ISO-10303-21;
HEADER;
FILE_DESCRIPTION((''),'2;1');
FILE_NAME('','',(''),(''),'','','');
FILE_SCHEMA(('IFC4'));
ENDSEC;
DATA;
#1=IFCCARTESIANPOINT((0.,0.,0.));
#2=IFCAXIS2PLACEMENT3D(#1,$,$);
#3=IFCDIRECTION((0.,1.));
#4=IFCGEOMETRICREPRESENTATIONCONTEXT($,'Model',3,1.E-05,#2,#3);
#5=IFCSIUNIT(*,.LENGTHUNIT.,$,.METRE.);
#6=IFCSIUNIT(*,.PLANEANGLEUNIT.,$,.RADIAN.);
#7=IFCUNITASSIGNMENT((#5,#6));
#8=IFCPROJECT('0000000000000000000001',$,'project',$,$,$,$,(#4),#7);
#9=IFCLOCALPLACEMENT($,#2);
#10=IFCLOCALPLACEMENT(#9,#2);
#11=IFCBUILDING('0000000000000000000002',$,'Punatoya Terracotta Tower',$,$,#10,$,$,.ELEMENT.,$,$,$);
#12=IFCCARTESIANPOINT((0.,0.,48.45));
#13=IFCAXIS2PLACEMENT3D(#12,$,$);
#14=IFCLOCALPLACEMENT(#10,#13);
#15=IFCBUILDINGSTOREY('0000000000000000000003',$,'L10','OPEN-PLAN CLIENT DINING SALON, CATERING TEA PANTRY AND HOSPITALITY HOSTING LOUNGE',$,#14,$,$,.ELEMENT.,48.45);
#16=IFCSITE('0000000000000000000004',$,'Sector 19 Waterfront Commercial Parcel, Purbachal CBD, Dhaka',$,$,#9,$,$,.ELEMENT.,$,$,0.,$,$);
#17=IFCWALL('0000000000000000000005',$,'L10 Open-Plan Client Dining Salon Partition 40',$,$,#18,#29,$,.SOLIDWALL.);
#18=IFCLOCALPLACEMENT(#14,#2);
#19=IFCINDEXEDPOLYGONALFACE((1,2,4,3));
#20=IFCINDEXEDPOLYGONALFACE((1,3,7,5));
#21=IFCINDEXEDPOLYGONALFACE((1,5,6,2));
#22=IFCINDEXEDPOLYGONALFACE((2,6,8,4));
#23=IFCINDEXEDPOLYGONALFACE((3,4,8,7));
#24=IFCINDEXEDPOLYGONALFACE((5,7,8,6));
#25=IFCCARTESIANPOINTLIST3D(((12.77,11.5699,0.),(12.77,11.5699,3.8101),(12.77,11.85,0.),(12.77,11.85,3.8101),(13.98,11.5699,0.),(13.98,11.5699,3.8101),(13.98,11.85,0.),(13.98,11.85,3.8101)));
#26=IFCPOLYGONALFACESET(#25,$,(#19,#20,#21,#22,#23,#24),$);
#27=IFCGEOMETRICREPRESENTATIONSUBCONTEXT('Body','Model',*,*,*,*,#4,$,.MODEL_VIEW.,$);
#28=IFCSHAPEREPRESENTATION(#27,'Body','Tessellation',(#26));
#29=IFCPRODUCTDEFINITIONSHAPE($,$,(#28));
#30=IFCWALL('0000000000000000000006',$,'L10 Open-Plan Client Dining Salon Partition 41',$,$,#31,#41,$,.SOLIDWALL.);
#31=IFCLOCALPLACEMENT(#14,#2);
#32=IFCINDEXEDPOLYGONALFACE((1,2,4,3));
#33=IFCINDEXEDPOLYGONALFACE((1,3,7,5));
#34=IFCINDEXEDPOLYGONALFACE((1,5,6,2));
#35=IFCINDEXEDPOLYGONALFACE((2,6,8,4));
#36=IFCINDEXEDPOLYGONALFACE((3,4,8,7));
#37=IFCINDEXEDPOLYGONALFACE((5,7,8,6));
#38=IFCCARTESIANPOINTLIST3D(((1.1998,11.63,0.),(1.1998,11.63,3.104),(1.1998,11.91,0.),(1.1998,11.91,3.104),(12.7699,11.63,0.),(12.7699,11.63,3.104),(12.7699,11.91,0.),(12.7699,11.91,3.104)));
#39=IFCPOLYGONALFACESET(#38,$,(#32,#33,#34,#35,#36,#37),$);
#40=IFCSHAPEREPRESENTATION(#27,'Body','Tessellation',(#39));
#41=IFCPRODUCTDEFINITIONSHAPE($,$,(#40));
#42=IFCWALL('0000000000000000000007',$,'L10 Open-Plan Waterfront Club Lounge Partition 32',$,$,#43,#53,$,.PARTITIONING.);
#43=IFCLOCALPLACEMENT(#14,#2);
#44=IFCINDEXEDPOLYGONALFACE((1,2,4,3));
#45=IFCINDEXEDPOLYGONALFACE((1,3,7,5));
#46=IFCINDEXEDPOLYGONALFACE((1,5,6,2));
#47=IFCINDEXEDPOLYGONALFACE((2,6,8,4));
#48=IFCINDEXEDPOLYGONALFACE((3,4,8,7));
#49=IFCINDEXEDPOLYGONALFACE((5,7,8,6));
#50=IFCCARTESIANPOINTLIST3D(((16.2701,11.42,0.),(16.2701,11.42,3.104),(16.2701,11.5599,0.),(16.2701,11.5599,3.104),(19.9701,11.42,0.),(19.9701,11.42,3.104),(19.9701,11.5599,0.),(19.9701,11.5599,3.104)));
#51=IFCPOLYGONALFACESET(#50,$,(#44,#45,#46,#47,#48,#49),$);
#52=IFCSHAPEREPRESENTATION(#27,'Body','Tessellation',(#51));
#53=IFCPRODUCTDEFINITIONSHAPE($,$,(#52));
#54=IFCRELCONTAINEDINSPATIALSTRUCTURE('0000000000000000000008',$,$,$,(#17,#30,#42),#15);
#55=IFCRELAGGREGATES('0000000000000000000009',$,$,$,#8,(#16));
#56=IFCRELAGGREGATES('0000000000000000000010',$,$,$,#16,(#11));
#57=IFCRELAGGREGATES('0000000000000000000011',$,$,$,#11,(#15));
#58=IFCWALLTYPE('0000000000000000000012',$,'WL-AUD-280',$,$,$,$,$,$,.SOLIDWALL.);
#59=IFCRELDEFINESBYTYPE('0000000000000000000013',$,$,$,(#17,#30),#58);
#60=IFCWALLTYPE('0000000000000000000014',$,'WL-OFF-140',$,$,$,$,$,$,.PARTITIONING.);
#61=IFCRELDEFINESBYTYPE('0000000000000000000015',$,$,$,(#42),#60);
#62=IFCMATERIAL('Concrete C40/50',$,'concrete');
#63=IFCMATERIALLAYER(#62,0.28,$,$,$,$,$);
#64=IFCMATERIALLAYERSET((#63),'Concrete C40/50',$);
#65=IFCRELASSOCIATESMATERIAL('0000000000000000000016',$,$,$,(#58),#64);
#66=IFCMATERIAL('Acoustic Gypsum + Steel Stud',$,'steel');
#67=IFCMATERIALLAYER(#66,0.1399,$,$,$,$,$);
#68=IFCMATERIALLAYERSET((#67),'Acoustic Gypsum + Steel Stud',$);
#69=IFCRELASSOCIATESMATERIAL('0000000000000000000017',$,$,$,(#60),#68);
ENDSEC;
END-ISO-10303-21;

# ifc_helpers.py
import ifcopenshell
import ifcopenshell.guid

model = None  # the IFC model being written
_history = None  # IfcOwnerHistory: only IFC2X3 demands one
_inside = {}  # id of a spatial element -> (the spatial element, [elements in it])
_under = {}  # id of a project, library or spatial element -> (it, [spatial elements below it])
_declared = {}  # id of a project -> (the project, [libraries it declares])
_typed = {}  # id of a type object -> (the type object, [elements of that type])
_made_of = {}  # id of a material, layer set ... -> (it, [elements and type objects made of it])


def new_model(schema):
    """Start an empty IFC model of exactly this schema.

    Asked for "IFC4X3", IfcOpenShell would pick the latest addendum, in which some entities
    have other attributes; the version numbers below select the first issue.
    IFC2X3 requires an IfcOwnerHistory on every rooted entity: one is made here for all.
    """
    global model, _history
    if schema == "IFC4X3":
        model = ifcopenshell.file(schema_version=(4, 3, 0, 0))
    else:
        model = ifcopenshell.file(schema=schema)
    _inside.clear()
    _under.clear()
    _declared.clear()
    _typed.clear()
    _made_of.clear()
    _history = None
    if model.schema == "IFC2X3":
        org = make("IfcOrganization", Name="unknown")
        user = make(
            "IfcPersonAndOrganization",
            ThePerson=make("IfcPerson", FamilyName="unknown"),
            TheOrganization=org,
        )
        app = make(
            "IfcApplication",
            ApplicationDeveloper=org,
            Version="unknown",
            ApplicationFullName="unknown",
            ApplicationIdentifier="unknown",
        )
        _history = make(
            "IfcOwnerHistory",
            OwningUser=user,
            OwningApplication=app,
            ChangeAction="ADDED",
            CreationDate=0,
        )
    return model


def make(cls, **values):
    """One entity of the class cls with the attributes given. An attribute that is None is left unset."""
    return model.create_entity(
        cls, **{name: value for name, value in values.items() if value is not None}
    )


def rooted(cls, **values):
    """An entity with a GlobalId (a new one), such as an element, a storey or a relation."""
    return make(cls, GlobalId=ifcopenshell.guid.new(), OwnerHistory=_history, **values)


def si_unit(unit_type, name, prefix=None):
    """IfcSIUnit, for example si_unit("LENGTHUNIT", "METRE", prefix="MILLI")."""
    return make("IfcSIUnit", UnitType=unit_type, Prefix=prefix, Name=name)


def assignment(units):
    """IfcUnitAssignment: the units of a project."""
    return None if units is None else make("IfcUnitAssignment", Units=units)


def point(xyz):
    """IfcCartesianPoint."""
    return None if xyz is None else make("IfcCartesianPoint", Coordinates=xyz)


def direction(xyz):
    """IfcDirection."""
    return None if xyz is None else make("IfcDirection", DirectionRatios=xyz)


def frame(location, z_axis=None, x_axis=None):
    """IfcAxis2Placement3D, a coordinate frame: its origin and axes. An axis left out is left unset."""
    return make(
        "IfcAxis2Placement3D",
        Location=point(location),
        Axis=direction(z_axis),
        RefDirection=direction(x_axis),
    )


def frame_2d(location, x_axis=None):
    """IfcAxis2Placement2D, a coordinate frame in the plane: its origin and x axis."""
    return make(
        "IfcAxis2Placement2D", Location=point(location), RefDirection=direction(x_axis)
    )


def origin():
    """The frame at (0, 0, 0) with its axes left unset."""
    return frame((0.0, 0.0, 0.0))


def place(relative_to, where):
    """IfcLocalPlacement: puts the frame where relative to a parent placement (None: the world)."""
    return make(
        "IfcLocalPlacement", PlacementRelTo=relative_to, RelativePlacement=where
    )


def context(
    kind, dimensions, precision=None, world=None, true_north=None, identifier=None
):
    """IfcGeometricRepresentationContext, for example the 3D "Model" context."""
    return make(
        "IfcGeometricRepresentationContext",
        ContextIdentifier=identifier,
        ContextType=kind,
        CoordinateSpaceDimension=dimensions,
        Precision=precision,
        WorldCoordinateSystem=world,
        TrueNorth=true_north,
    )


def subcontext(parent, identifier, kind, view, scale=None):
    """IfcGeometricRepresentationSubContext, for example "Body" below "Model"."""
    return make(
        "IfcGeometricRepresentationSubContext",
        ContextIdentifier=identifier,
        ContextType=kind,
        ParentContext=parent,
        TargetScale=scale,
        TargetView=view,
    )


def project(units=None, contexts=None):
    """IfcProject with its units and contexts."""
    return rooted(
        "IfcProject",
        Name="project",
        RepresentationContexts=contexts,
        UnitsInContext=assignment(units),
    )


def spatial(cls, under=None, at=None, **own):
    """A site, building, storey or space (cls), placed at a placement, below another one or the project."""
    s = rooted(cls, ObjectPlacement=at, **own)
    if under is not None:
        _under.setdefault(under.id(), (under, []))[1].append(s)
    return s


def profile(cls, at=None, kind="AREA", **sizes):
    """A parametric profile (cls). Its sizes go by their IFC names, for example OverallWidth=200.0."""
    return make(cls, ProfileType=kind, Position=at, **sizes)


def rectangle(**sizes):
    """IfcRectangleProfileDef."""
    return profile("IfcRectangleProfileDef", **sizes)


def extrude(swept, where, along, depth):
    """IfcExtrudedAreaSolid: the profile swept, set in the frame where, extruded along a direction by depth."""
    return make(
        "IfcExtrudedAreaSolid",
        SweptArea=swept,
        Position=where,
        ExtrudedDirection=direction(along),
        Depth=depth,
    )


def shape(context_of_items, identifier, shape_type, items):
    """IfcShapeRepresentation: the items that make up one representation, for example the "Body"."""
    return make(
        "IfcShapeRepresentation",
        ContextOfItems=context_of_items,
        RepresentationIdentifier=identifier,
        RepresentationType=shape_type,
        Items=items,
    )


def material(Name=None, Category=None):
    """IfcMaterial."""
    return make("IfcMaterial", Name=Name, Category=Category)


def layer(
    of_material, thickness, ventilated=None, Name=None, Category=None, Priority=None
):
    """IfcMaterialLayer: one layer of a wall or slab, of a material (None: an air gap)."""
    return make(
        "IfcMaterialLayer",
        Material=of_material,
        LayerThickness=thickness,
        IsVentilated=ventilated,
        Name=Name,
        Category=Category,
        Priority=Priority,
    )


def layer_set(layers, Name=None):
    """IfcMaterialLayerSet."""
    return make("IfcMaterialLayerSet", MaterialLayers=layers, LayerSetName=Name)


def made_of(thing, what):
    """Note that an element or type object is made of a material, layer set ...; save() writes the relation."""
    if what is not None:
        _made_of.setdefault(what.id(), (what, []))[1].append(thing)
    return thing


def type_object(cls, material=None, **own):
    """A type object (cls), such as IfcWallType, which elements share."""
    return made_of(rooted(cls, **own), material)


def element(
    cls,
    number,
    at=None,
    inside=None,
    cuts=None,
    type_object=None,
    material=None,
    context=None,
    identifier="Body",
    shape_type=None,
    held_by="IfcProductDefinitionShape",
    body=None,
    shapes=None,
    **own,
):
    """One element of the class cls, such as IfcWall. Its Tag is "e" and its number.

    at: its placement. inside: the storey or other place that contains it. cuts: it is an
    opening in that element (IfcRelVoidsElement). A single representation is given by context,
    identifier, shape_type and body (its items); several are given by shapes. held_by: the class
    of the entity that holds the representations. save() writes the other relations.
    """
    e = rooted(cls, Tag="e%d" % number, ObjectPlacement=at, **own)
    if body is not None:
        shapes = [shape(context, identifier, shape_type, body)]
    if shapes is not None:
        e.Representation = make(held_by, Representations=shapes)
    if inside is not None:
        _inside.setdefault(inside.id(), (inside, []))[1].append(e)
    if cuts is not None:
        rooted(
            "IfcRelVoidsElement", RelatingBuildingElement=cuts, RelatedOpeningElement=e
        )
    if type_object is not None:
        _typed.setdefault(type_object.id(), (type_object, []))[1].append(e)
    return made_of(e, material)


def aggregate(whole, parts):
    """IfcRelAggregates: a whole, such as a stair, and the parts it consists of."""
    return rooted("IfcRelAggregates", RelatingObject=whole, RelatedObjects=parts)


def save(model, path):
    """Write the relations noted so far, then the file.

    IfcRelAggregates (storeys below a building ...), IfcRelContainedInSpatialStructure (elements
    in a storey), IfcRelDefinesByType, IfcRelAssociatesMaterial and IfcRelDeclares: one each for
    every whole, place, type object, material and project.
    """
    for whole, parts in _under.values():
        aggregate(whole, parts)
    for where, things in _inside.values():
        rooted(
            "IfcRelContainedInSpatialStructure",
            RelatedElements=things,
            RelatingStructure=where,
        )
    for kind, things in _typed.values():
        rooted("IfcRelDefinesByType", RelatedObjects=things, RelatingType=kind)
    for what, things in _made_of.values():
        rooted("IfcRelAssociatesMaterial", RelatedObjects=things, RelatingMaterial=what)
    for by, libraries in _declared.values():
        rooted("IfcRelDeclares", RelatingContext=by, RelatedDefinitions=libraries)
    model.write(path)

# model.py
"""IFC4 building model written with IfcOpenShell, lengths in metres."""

from ifc_helpers import new_model, si_unit, direction, frame, frame_2d, origin, place, context, subcontext, project, spatial, rectangle, extrude, material, layer, layer_set, type_object, element, save


model = new_model("IFC4")

# Units and contexts
model_context = context("Model", 3, precision=1e-05, world=origin(), true_north=direction((0.0, 1.0)))
body_context = subcontext(model_context, "Body", "Model", "MODEL_VIEW")
ifc_project = project(units=[si_unit("LENGTHUNIT", "METRE"), si_unit("PLANEANGLEUNIT", "RADIAN")], contexts=[model_context])

# Site, building, storey
site_placement = place(None, origin())
site = spatial("IfcSite", under=ifc_project, at=site_placement, Name="Sector 19 Waterfront Commercial Parcel, Purbachal CBD, Dhaka", CompositionType="ELEMENT", RefElevation=0.0)
building_placement = place(site_placement, origin())
building = spatial("IfcBuilding", under=site, at=building_placement, Name="Punatoya Terracotta Tower", CompositionType="ELEMENT")
storey_placement = place(building_placement, frame((0.0, 0.0, 48.45)))
storey = spatial("IfcBuildingStorey", under=building, at=storey_placement, Name="L10", Description="OPEN-PLAN CLIENT DINING SALON, CATERING TEA PANTRY AND HOSPITALITY HOSTING LOUNGE", CompositionType="ELEMENT", Elevation=48.45)

# Walls
ifc_material_1 = material(Name="Concrete C40/50", Category="concrete")
ifc_layer_1 = layer(ifc_material_1, 0.28)
ifc_layer_set_1 = layer_set([ifc_layer_1], Name="Concrete C40/50")
wall_type_1 = type_object("IfcWallType", Name="WL-AUD-280", PredefinedType="SOLIDWALL", material=ifc_layer_set_1)
wall_1_placement = place(storey_placement, frame((13.98, 11.71, 0.0), z_axis=(0.0, 0.0, 1.0), x_axis=(-1.0, 0.0, 0.0)))
element("IfcWall", 1, at=wall_1_placement, inside=storey, type_object=wall_type_1, Name="L10 Open-Plan Client Dining Salon Partition 40", PredefinedType="SOLIDWALL", context=body_context, shape_type="SweptSolid", body=[
    extrude(rectangle(XDim=1.21, YDim=0.28, at=frame_2d((0.605, 0.0))), origin(), (0.0, 0.0, 1.0), 3.8101),
])
wall_2_placement = place(storey_placement, frame((12.77, 11.77, 0.0), z_axis=(0.0, 0.0, 1.0), x_axis=(-1.0, 0.0, 0.0)))
element("IfcWall", 2, at=wall_2_placement, inside=storey, type_object=wall_type_1, Name="L10 Open-Plan Client Dining Salon Partition 41", PredefinedType="SOLIDWALL", context=body_context, shape_type="SweptSolid", body=[
    extrude(rectangle(XDim=11.5701, YDim=0.28, at=frame_2d((5.7852, 0.0))), origin(), (0.0, 0.0, 1.0), 3.104),
])
ifc_material_2 = material(Name="Acoustic Gypsum + Steel Stud", Category="steel")
ifc_layer_2 = layer(ifc_material_2, 0.1399)
ifc_layer_set_2 = layer_set([ifc_layer_2], Name="Acoustic Gypsum + Steel Stud")
wall_type_2 = type_object("IfcWallType", Name="WL-OFF-140", PredefinedType="PARTITIONING", material=ifc_layer_set_2)
wall_3_placement = place(storey_placement, frame((16.27, 11.49, 0.0), z_axis=(0.0, 0.0, 1.0), x_axis=(1.0, 0.0, 0.0)))
element("IfcWall", 3, at=wall_3_placement, inside=storey, type_object=wall_type_2, Name="L10 Open-Plan Waterfront Club Lounge Partition 32", PredefinedType="PARTITIONING", context=body_context, shape_type="SweptSolid", body=[
    extrude(rectangle(XDim=3.7, YDim=0.1399, at=frame_2d((1.8501, 0.0))), origin(), (0.0, 0.0, 1.0), 3.104),
])

save(model, "model.ifc")
